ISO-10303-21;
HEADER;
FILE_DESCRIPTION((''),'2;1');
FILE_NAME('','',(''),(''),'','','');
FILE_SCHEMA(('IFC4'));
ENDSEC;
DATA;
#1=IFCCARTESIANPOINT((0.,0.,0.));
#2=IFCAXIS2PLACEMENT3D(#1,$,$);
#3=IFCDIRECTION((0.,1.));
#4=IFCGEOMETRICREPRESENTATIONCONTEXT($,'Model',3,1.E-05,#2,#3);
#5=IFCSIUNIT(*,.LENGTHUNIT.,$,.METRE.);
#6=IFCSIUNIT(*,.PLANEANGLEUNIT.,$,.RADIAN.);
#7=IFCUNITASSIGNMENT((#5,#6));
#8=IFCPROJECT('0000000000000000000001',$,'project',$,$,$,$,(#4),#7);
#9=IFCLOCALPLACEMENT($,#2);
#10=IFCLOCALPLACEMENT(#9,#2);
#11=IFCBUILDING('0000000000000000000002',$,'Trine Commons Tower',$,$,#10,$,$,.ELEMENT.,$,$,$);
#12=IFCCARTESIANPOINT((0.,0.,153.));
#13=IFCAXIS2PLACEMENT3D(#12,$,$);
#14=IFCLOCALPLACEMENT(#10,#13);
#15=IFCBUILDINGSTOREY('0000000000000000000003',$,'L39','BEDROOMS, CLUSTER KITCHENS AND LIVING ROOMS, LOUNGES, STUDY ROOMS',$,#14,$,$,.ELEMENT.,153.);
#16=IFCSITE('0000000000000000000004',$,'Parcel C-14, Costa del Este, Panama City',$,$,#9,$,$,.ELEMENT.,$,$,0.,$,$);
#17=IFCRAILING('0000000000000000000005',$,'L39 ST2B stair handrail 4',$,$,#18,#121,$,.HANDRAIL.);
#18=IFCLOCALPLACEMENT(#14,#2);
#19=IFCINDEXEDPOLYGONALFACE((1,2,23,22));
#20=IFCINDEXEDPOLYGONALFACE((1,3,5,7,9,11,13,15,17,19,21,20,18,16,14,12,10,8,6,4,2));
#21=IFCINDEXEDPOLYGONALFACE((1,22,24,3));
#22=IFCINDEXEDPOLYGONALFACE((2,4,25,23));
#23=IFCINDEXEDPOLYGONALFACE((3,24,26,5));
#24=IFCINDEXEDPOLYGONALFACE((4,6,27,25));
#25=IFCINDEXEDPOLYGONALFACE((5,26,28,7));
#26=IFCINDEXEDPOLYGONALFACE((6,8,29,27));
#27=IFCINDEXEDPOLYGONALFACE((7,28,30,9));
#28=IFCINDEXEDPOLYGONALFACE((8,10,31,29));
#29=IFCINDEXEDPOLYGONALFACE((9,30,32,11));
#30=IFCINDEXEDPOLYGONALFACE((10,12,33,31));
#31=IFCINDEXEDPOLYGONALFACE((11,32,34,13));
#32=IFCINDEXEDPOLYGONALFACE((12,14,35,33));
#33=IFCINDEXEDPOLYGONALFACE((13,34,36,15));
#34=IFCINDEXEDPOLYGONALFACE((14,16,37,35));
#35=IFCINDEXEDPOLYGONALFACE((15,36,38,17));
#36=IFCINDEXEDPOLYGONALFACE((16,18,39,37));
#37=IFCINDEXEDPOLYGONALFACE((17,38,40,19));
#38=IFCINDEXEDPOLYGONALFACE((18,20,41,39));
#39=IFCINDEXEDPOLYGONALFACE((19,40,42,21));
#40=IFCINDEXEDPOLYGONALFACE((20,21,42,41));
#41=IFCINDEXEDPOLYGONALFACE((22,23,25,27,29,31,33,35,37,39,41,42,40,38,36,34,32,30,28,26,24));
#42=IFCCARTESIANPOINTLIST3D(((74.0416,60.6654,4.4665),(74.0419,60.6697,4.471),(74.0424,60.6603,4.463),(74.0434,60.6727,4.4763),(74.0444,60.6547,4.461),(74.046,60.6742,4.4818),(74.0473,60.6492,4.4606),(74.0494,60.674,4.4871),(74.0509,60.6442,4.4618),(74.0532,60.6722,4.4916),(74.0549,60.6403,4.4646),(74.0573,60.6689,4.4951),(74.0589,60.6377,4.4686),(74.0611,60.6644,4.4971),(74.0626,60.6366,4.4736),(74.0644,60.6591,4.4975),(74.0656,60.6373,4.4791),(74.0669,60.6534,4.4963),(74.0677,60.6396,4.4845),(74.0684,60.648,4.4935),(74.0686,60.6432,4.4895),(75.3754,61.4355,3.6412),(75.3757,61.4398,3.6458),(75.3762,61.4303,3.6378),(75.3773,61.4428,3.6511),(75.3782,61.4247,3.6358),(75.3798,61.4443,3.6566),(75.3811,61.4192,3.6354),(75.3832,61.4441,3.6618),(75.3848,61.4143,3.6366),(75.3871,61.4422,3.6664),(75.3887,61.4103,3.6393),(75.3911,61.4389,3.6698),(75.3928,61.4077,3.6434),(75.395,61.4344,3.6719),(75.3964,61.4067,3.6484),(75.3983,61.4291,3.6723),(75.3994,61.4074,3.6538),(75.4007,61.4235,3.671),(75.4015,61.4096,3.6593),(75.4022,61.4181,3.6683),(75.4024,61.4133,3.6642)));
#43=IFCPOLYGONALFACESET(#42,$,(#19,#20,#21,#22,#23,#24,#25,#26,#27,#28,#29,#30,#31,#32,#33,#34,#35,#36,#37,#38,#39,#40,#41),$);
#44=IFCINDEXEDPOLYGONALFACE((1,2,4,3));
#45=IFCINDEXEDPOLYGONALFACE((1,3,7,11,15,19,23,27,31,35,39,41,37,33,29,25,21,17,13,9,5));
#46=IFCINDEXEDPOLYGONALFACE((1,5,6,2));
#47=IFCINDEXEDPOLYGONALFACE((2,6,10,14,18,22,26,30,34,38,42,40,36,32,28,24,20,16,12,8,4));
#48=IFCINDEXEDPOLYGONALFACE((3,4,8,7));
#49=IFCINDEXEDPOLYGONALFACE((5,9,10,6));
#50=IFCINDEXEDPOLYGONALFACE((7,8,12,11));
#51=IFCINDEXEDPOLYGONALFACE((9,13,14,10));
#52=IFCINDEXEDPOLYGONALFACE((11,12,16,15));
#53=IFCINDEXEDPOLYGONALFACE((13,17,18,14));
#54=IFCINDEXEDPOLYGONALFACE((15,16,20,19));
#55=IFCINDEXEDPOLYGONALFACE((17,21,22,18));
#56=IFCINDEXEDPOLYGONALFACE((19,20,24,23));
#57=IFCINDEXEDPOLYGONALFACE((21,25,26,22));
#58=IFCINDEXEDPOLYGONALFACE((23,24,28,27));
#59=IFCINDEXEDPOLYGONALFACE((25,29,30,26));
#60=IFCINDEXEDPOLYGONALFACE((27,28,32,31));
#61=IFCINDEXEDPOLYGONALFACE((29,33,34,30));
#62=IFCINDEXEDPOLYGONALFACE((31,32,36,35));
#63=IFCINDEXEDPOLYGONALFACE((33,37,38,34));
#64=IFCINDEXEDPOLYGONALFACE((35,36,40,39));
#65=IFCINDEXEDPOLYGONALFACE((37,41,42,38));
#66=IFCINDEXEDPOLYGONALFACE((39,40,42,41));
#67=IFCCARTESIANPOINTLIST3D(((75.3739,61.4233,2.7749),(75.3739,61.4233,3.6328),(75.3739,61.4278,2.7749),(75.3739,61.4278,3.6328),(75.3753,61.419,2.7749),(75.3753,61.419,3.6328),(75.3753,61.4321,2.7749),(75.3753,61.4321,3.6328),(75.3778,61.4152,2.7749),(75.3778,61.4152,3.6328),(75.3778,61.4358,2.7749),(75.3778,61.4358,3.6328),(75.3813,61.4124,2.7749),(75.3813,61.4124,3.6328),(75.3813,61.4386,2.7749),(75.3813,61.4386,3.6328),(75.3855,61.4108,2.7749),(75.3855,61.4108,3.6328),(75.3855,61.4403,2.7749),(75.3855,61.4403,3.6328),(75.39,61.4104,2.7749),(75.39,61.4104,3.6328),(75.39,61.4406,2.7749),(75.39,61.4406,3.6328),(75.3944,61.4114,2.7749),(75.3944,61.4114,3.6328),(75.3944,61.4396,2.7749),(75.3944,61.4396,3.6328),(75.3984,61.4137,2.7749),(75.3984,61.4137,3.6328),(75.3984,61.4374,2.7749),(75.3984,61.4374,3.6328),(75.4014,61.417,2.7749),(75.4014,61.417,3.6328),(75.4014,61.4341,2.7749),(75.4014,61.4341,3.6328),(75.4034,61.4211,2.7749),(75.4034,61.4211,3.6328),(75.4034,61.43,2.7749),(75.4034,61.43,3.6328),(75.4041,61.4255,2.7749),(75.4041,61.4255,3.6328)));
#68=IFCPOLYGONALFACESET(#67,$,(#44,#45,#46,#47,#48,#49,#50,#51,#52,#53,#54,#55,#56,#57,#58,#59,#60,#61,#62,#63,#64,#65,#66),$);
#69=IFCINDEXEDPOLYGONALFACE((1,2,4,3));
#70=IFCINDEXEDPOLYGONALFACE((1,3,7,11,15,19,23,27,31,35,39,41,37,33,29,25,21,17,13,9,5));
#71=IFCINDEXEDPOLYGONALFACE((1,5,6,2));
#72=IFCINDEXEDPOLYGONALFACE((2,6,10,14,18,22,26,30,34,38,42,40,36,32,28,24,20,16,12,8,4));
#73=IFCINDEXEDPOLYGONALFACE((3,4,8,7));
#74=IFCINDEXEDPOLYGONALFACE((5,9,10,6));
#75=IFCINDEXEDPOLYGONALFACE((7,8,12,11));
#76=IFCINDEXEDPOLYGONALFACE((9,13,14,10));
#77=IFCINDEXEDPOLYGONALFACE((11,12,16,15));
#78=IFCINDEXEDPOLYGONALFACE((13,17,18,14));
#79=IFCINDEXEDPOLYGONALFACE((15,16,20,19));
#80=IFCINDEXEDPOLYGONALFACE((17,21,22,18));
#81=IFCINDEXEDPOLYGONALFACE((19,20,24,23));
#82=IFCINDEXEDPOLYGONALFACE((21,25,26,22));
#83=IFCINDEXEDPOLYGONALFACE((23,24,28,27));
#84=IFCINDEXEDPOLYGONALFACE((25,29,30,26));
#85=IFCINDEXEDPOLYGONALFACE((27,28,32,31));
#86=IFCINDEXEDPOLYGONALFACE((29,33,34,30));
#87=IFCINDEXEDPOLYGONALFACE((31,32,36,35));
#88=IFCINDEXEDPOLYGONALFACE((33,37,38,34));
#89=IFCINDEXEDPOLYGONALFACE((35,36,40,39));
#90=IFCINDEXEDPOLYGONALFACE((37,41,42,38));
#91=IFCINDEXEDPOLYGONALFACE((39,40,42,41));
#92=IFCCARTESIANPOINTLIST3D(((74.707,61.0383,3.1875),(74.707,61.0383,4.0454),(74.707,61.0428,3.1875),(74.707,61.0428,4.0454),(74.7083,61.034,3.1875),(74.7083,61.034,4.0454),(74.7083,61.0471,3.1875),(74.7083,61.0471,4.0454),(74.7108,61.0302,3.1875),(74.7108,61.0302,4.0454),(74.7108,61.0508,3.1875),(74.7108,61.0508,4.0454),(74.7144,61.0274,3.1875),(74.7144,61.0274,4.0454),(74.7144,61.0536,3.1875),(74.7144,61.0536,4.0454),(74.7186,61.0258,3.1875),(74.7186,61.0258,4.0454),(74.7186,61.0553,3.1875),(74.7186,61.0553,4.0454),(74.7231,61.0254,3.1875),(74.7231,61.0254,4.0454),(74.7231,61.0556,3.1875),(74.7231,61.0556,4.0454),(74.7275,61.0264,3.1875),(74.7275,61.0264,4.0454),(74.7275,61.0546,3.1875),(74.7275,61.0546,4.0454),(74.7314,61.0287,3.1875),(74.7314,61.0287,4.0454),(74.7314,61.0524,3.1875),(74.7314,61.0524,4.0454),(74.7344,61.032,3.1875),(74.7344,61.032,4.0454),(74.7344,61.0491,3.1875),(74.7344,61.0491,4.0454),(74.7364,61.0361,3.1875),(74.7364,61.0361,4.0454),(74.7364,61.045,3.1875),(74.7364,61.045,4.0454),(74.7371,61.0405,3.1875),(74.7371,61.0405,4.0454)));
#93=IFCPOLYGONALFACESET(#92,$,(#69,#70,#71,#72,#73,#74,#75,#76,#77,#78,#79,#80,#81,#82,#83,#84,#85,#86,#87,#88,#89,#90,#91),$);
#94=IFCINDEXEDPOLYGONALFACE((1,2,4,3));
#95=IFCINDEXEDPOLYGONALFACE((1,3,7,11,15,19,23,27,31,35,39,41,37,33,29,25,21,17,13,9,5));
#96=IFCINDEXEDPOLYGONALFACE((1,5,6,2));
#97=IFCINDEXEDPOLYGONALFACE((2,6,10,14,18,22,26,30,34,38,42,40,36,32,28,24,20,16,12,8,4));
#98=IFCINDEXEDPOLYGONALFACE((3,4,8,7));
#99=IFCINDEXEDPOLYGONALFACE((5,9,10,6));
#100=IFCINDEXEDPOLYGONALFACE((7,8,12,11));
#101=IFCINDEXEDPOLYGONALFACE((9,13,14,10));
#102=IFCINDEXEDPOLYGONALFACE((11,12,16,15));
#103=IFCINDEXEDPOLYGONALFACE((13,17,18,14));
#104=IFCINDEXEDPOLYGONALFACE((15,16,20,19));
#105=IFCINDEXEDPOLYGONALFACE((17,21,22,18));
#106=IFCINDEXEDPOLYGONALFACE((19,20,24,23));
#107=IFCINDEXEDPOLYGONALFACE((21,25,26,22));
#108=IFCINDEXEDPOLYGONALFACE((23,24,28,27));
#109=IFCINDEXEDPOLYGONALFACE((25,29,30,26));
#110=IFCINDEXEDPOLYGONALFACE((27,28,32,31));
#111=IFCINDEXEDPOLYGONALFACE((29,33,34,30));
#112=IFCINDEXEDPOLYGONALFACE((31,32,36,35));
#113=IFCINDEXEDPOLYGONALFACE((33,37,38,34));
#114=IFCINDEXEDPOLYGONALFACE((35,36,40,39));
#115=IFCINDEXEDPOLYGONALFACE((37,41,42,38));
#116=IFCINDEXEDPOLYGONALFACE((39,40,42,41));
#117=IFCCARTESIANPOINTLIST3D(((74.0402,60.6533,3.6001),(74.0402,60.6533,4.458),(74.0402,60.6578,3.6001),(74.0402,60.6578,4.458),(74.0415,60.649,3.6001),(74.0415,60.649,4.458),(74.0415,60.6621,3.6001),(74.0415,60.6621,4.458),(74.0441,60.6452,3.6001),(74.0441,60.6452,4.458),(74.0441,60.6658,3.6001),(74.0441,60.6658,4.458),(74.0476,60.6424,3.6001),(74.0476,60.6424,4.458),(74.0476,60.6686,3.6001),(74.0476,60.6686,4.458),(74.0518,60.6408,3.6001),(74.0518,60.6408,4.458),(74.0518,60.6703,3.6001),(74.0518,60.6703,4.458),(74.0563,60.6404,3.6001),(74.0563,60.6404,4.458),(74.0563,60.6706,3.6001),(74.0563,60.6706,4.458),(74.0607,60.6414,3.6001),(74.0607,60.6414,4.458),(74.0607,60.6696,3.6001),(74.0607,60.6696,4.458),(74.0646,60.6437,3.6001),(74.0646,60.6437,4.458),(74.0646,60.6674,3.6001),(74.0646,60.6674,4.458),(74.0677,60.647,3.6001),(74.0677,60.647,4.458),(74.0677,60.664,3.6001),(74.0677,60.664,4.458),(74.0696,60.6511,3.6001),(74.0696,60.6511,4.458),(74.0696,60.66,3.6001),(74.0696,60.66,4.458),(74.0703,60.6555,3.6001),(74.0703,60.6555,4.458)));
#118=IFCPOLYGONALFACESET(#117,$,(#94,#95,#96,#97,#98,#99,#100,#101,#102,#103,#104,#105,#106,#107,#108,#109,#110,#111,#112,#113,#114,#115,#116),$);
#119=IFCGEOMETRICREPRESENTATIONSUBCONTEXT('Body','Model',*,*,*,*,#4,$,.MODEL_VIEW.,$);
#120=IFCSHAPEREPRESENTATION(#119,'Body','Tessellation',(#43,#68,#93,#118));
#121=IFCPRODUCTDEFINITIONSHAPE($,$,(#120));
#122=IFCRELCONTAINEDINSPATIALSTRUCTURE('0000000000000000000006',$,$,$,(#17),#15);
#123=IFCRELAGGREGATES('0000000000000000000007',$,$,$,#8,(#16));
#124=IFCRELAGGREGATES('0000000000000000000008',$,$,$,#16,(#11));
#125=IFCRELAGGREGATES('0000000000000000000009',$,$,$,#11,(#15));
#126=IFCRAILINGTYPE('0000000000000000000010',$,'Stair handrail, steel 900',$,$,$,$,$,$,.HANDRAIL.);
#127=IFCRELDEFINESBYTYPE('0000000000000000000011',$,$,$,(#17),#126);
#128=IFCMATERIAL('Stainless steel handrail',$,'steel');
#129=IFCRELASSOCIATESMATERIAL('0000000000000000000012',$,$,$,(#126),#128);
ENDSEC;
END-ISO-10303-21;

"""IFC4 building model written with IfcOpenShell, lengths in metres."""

from ifc_helpers import new_model, si_unit, direction, frame, origin, origin_2d, place, context, subcontext, project, spatial, circle, extrude, material, type_object, element, save


model = new_model("IFC4")

# Units and contexts
model_context = context("Model", 3, precision=1e-05, world=origin(), true_north=direction((0.0, 1.0)))
body_context = subcontext(model_context, "Body", "Model", "MODEL_VIEW")
ifc_project = project(units=[si_unit("LENGTHUNIT", "METRE"), si_unit("PLANEANGLEUNIT", "RADIAN")], contexts=[model_context])

# Site, building, storey
site_placement = place(None, origin())
site = spatial("IfcSite", under=ifc_project, at=site_placement, Name="Parcel C-14, Costa del Este, Panama City", CompositionType="ELEMENT", RefElevation=0.0)
building_placement = place(site_placement, origin())
building = spatial("IfcBuilding", under=site, at=building_placement, Name="Trine Commons Tower", CompositionType="ELEMENT")
storey_placement = place(building_placement, frame((0.0, 0.0, 153.0)))
storey = spatial("IfcBuildingStorey", under=building, at=storey_placement, Name="L39", Description="BEDROOMS, CLUSTER KITCHENS AND LIVING ROOMS, LOUNGES, STUDY ROOMS", CompositionType="ELEMENT", Elevation=153.0)

# Railing
ifc_material_1 = material(Name="Stainless steel handrail", Category="steel")
railing_type_1 = type_object("IfcRailingType", Name="Stair handrail, steel 900", PredefinedType="HANDRAIL", material=ifc_material_1)
railing_1_placement = place(storey_placement, frame((75.3889, 61.4255, 2.7749)))
element("IfcRailing", 1, at=railing_1_placement, inside=storey, type_object=railing_type_1, Name="L39 ST2B stair handrail 4", PredefinedType="HANDRAIL", context=body_context, shape_type="SweptSolid", body=[
    extrude(circle(Radius=0.021, at=origin_2d()), frame((0.0, 0.0, 0.8789), z_axis=(-0.763355, -0.440714, 0.472293), x_axis=(0.499992, -0.86603, 0.0)), (0.0, 0.0, 1.0), 1.7473),
    extrude(circle(Radius=0.0151, at=origin_2d()), origin(), (0.0, 0.0, 1.0), 0.8579),
    extrude(circle(Radius=0.0151, at=origin_2d()), frame((-0.667, -0.385, 0.4126)), (0.0, 0.0, 1.0), 0.8579),
    extrude(circle(Radius=0.0151, at=origin_2d()), frame((-1.3337, -0.77, 0.8252)), (0.0, 0.0, 1.0), 0.8579),
])

save(model, "model.ifc")
